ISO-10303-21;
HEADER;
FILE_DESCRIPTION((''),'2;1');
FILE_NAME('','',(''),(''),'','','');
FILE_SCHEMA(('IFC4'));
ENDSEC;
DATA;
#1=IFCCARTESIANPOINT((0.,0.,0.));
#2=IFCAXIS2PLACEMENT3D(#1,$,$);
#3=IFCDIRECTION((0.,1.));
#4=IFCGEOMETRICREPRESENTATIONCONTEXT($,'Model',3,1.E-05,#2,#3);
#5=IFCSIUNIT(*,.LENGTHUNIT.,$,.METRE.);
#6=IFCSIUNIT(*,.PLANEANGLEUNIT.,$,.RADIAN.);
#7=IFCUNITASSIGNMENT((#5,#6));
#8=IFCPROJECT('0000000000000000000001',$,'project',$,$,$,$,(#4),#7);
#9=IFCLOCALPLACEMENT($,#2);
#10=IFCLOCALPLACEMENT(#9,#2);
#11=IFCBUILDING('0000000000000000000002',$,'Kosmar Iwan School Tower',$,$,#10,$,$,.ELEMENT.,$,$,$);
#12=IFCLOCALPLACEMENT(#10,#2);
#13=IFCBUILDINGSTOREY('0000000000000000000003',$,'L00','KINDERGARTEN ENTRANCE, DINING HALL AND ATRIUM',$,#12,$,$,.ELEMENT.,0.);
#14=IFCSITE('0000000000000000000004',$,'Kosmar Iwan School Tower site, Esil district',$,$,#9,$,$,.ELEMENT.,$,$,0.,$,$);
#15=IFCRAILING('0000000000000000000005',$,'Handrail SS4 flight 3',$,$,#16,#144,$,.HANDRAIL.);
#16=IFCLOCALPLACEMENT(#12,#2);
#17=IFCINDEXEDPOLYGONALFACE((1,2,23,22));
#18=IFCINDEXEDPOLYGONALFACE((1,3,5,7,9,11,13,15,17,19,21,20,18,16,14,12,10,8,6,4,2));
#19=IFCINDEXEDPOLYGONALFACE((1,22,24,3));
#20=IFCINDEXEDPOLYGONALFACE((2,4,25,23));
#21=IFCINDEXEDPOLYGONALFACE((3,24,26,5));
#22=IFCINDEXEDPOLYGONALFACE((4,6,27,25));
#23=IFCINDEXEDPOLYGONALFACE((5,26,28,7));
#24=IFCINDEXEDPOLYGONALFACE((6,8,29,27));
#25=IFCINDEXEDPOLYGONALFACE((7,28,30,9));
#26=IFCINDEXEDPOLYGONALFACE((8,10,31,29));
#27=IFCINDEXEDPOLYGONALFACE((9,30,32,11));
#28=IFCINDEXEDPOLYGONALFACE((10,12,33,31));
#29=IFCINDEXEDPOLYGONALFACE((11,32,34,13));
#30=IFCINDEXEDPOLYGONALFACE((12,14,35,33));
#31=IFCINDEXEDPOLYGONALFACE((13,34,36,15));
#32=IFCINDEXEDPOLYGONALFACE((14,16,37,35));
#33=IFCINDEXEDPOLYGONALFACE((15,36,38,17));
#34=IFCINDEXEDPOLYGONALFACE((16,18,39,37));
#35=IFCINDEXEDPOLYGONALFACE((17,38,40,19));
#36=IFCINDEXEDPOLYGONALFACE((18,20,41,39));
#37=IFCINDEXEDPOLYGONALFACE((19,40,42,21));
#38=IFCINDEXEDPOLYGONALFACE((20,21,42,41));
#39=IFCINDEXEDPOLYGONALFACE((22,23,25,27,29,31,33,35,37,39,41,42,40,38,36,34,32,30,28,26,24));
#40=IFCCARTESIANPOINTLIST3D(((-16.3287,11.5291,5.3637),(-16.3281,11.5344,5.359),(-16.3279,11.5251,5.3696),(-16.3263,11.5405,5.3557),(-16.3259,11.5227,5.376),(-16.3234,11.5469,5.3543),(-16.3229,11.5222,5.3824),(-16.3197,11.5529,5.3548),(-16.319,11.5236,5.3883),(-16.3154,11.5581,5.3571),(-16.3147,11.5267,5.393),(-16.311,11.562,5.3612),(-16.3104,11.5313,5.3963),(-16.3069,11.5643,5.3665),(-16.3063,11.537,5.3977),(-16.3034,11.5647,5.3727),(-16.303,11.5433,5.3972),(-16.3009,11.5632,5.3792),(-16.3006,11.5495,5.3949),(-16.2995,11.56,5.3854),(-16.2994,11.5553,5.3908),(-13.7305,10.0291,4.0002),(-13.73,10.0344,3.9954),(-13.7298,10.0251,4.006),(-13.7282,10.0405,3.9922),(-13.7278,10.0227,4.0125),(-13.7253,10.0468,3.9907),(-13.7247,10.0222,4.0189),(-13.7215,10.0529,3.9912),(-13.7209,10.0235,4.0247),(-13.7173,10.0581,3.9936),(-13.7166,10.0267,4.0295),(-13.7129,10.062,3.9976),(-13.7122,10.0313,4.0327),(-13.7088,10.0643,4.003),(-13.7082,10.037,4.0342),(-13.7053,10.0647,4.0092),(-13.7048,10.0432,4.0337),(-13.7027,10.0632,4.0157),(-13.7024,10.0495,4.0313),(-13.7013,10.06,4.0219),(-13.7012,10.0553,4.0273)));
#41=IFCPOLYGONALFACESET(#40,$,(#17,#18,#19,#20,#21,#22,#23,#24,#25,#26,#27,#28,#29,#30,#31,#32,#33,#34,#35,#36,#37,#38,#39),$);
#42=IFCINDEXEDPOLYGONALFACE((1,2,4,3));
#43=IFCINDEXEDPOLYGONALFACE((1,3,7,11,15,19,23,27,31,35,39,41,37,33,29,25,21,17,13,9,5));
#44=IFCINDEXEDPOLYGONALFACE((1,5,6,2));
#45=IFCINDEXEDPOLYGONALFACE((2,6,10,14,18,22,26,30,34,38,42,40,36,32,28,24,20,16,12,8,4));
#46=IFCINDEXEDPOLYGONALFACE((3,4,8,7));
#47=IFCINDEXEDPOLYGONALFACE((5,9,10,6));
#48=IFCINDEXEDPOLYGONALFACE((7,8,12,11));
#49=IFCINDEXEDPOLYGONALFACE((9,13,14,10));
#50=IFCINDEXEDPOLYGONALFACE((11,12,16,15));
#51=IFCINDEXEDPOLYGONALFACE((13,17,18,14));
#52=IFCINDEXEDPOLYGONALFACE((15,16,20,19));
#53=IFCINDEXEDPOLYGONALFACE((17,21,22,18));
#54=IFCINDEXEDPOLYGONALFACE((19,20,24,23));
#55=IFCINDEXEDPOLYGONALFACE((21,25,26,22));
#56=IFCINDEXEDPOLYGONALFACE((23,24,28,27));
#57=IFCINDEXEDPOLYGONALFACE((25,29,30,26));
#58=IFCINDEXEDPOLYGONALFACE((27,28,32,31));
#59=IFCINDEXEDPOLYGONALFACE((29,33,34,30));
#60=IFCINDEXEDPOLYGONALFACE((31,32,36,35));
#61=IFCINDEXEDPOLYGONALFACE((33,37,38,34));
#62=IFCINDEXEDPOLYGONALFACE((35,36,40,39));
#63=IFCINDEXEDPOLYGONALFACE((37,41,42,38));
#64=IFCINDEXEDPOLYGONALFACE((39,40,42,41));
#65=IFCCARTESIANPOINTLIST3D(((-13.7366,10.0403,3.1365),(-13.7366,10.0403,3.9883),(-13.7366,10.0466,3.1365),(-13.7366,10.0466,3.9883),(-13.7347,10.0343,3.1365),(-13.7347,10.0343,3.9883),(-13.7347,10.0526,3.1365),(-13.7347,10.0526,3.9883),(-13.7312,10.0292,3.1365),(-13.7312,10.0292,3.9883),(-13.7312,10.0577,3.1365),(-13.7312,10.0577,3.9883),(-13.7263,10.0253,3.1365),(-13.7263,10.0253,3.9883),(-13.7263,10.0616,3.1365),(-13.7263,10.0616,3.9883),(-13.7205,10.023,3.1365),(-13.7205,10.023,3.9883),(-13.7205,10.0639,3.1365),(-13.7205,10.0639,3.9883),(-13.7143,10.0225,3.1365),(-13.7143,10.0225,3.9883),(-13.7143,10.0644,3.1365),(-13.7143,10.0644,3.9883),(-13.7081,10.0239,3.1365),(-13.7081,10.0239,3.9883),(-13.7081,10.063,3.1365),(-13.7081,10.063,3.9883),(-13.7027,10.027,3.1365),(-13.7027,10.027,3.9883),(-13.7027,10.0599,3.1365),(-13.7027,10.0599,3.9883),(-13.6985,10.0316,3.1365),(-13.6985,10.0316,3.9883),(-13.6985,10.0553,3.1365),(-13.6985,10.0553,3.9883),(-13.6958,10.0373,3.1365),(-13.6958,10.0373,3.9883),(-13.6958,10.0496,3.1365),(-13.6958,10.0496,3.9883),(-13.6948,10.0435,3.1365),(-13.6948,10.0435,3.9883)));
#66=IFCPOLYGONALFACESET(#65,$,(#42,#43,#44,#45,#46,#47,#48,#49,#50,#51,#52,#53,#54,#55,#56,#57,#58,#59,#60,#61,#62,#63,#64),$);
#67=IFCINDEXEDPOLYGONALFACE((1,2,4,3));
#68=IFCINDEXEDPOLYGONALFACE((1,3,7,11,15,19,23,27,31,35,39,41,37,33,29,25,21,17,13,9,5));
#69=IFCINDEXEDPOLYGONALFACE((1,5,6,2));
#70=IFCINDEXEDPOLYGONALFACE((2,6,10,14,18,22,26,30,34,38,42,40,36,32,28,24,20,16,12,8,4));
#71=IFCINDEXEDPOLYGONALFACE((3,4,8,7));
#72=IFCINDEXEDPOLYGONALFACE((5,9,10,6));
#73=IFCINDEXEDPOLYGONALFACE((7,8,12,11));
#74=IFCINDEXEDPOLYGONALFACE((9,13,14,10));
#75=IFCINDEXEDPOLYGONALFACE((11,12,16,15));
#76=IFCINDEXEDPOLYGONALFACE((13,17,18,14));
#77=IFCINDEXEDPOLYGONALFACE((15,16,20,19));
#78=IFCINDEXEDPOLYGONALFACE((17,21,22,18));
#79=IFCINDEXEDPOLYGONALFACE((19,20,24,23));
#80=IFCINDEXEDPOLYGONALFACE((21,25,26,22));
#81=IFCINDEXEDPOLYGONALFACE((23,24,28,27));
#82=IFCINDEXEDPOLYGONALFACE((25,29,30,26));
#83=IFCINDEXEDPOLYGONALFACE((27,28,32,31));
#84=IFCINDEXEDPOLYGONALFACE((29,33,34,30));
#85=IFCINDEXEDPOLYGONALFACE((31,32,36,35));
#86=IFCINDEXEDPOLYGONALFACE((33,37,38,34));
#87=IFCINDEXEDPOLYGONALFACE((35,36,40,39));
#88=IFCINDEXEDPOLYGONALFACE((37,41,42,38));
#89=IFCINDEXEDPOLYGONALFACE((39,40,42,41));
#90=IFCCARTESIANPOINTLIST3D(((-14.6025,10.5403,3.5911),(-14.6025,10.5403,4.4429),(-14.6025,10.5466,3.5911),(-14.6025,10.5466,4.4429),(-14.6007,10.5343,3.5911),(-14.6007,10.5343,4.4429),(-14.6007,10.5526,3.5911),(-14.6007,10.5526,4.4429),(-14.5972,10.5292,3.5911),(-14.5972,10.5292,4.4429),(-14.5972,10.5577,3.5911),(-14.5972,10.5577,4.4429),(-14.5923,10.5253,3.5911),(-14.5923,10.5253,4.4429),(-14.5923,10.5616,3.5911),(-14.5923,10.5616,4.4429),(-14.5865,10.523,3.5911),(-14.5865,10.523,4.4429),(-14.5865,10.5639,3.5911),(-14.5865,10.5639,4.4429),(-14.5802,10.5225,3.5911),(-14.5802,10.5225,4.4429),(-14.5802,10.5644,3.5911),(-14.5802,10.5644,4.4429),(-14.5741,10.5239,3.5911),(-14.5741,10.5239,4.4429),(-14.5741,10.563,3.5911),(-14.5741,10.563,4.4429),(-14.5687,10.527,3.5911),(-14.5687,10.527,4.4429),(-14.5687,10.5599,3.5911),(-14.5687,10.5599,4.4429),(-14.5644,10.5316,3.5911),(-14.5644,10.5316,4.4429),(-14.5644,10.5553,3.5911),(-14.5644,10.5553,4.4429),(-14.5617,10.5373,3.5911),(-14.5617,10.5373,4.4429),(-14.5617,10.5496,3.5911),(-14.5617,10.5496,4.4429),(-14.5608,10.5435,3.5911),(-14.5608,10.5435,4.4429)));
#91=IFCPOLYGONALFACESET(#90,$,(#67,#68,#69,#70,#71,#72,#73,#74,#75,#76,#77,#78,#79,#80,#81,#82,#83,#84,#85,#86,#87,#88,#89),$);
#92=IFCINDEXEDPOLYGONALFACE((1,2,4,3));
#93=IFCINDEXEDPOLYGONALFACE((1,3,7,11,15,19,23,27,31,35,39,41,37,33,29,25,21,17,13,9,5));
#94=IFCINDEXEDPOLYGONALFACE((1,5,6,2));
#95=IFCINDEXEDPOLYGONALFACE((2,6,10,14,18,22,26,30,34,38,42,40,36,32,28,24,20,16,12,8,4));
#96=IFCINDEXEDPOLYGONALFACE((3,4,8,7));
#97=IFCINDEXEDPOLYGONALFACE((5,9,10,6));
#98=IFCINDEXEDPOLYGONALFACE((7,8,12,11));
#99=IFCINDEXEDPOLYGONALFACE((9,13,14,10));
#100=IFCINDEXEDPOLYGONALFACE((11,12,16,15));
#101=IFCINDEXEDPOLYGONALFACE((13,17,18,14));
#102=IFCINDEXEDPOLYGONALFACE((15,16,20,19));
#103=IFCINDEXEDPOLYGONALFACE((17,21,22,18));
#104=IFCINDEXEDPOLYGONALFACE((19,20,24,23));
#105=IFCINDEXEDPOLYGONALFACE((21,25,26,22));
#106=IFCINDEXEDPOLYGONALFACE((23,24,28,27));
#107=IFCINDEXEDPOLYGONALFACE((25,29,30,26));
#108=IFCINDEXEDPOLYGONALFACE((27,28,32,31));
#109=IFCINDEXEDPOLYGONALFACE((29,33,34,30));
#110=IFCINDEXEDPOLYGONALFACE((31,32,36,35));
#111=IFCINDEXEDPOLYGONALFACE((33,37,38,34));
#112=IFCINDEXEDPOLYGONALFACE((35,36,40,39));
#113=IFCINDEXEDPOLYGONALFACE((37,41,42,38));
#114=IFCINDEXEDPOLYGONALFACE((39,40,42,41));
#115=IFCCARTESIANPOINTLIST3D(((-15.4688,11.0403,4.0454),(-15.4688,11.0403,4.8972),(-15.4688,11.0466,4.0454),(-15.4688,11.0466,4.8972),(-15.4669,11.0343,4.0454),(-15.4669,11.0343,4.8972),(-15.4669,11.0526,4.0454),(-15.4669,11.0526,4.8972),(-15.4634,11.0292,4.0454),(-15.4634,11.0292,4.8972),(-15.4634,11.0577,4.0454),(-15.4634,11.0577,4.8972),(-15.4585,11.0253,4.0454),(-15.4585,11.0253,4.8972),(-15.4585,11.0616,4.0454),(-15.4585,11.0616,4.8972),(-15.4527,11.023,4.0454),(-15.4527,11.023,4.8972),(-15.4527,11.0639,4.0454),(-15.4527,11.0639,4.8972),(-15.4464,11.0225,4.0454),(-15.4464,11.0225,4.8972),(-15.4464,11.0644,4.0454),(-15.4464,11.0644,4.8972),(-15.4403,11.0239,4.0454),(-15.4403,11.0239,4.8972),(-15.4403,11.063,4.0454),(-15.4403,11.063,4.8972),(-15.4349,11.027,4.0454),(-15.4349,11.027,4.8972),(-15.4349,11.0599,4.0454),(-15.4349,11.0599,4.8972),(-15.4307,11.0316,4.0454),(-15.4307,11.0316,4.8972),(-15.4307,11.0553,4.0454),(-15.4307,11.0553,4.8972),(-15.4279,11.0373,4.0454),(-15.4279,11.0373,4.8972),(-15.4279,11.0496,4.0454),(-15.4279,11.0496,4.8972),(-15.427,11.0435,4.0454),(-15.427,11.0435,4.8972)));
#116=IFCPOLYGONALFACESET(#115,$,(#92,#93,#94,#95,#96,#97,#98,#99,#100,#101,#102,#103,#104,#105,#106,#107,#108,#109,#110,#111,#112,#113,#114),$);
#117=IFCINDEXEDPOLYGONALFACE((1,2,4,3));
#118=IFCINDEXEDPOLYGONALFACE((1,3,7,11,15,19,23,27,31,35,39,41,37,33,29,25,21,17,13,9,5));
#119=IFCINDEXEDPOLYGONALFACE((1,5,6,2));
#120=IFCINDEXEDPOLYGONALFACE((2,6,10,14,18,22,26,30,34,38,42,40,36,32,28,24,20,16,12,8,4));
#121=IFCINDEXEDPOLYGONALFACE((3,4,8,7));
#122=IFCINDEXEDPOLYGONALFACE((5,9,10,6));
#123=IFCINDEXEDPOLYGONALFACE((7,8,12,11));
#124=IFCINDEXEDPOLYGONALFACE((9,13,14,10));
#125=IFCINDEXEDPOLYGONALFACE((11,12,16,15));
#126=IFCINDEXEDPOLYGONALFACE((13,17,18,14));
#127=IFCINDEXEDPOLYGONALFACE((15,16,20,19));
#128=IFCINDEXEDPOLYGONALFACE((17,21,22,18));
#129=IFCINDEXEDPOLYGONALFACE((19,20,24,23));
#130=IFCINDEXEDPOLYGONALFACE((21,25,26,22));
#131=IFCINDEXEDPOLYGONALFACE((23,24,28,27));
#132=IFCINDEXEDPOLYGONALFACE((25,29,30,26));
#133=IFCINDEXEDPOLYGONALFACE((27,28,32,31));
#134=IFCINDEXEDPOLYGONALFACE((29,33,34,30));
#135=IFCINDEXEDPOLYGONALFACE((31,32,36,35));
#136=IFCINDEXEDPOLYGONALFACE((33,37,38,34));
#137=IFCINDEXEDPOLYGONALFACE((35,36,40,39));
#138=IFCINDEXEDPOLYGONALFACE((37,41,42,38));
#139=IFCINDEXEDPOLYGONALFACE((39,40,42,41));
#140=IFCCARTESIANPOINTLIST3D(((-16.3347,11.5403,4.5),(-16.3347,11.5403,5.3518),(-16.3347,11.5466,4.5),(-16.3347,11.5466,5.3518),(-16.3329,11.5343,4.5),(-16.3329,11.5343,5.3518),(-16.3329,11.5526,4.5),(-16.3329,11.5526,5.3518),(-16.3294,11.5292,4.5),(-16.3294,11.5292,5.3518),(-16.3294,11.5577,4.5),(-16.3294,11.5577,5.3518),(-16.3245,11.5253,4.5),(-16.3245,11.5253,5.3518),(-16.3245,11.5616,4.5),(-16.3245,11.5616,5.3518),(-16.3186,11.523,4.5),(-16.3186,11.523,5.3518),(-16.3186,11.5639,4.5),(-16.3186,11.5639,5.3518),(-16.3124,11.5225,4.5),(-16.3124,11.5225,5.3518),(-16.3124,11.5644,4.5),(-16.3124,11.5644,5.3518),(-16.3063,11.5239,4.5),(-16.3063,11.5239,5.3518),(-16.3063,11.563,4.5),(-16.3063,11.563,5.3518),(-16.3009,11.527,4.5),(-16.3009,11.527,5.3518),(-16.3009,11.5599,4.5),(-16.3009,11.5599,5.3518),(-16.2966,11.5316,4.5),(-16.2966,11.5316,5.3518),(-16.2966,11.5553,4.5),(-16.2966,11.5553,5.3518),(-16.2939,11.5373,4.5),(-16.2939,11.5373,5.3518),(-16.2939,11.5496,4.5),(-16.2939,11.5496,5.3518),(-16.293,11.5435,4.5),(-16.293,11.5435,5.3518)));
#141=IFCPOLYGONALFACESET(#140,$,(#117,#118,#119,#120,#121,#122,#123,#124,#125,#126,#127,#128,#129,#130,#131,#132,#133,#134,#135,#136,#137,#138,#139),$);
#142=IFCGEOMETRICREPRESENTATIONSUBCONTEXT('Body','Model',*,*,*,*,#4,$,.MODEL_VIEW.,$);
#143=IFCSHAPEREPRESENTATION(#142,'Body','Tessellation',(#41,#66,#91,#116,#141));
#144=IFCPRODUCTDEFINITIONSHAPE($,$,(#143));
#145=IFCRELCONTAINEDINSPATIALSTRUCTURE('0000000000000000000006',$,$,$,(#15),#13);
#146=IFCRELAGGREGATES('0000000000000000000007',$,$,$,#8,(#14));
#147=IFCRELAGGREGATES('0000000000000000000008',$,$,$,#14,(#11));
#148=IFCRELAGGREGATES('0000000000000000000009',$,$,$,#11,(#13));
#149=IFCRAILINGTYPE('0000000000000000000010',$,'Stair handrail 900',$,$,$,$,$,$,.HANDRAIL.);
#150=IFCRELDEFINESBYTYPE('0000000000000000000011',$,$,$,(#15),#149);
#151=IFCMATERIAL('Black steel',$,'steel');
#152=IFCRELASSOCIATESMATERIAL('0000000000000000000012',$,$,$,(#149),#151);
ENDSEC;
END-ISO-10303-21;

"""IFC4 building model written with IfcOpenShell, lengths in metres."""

from ifc_helpers import new_model, si_unit, direction, frame, origin, origin_2d, place, context, subcontext, project, spatial, circle, extrude, material, type_object, element, save


model = new_model("IFC4")

# Units and contexts
model_context = context("Model", 3, precision=1e-05, world=origin(), true_north=direction((0.0, 1.0)))
body_context = subcontext(model_context, "Body", "Model", "MODEL_VIEW")
ifc_project = project(units=[si_unit("LENGTHUNIT", "METRE"), si_unit("PLANEANGLEUNIT", "RADIAN")], contexts=[model_context])

# Site, building, storey
site_placement = place(None, origin())
site = spatial("IfcSite", under=ifc_project, at=site_placement, Name="Kosmar Iwan School Tower site, Esil district", CompositionType="ELEMENT", RefElevation=0.0)
building_placement = place(site_placement, origin())
building = spatial("IfcBuilding", under=site, at=building_placement, Name="Kosmar Iwan School Tower", CompositionType="ELEMENT")
storey_placement = place(building_placement, origin())
storey = spatial("IfcBuildingStorey", under=building, at=storey_placement, Name="L00", Description="KINDERGARTEN ENTRANCE, DINING HALL AND ATRIUM", CompositionType="ELEMENT", Elevation=0.0)

# Railing
ifc_material_1 = material(Name="Black steel", Category="steel")
railing_type = type_object("IfcRailingType", Name="Stair handrail 900", PredefinedType="HANDRAIL", material=ifc_material_1)
for number, where, name in (
    (1, (-13.7158, 10.0435, 3.1365), "Handrail SS4 flight 3"),
):
    element("IfcRailing", number, at=place(storey_placement, frame(where)), inside=storey, type_object=railing_type, Name=name, PredefinedType="HANDRAIL", context=body_context, shape_type="SweptSolid", body=[
        extrude(circle(Radius=0.0239, at=origin_2d()), frame((0.0, 0.0, 0.876), z_axis=(-0.788419, 0.455182, 0.413768), x_axis=(-0.49999, -0.866031, 0.0)), (0.0, 0.0, 1.0), 3.2954),
        extrude(circle(Radius=0.021, at=origin_2d()), origin(), (0.0, 0.0, 1.0), 0.8518),
        extrude(circle(Radius=0.021, at=origin_2d()), frame((-0.866, 0.5, 0.4546)), (0.0, 0.0, 1.0), 0.8518),
        extrude(circle(Radius=0.021, at=origin_2d()), frame((-1.7322, 1.0, 0.9089)), (0.0, 0.0, 1.0), 0.8518),
        extrude(circle(Radius=0.021, at=origin_2d()), frame((-2.5981, 1.5, 1.3635)), (0.0, 0.0, 1.0), 0.8518),
    ])

save(model, "model.ifc")
